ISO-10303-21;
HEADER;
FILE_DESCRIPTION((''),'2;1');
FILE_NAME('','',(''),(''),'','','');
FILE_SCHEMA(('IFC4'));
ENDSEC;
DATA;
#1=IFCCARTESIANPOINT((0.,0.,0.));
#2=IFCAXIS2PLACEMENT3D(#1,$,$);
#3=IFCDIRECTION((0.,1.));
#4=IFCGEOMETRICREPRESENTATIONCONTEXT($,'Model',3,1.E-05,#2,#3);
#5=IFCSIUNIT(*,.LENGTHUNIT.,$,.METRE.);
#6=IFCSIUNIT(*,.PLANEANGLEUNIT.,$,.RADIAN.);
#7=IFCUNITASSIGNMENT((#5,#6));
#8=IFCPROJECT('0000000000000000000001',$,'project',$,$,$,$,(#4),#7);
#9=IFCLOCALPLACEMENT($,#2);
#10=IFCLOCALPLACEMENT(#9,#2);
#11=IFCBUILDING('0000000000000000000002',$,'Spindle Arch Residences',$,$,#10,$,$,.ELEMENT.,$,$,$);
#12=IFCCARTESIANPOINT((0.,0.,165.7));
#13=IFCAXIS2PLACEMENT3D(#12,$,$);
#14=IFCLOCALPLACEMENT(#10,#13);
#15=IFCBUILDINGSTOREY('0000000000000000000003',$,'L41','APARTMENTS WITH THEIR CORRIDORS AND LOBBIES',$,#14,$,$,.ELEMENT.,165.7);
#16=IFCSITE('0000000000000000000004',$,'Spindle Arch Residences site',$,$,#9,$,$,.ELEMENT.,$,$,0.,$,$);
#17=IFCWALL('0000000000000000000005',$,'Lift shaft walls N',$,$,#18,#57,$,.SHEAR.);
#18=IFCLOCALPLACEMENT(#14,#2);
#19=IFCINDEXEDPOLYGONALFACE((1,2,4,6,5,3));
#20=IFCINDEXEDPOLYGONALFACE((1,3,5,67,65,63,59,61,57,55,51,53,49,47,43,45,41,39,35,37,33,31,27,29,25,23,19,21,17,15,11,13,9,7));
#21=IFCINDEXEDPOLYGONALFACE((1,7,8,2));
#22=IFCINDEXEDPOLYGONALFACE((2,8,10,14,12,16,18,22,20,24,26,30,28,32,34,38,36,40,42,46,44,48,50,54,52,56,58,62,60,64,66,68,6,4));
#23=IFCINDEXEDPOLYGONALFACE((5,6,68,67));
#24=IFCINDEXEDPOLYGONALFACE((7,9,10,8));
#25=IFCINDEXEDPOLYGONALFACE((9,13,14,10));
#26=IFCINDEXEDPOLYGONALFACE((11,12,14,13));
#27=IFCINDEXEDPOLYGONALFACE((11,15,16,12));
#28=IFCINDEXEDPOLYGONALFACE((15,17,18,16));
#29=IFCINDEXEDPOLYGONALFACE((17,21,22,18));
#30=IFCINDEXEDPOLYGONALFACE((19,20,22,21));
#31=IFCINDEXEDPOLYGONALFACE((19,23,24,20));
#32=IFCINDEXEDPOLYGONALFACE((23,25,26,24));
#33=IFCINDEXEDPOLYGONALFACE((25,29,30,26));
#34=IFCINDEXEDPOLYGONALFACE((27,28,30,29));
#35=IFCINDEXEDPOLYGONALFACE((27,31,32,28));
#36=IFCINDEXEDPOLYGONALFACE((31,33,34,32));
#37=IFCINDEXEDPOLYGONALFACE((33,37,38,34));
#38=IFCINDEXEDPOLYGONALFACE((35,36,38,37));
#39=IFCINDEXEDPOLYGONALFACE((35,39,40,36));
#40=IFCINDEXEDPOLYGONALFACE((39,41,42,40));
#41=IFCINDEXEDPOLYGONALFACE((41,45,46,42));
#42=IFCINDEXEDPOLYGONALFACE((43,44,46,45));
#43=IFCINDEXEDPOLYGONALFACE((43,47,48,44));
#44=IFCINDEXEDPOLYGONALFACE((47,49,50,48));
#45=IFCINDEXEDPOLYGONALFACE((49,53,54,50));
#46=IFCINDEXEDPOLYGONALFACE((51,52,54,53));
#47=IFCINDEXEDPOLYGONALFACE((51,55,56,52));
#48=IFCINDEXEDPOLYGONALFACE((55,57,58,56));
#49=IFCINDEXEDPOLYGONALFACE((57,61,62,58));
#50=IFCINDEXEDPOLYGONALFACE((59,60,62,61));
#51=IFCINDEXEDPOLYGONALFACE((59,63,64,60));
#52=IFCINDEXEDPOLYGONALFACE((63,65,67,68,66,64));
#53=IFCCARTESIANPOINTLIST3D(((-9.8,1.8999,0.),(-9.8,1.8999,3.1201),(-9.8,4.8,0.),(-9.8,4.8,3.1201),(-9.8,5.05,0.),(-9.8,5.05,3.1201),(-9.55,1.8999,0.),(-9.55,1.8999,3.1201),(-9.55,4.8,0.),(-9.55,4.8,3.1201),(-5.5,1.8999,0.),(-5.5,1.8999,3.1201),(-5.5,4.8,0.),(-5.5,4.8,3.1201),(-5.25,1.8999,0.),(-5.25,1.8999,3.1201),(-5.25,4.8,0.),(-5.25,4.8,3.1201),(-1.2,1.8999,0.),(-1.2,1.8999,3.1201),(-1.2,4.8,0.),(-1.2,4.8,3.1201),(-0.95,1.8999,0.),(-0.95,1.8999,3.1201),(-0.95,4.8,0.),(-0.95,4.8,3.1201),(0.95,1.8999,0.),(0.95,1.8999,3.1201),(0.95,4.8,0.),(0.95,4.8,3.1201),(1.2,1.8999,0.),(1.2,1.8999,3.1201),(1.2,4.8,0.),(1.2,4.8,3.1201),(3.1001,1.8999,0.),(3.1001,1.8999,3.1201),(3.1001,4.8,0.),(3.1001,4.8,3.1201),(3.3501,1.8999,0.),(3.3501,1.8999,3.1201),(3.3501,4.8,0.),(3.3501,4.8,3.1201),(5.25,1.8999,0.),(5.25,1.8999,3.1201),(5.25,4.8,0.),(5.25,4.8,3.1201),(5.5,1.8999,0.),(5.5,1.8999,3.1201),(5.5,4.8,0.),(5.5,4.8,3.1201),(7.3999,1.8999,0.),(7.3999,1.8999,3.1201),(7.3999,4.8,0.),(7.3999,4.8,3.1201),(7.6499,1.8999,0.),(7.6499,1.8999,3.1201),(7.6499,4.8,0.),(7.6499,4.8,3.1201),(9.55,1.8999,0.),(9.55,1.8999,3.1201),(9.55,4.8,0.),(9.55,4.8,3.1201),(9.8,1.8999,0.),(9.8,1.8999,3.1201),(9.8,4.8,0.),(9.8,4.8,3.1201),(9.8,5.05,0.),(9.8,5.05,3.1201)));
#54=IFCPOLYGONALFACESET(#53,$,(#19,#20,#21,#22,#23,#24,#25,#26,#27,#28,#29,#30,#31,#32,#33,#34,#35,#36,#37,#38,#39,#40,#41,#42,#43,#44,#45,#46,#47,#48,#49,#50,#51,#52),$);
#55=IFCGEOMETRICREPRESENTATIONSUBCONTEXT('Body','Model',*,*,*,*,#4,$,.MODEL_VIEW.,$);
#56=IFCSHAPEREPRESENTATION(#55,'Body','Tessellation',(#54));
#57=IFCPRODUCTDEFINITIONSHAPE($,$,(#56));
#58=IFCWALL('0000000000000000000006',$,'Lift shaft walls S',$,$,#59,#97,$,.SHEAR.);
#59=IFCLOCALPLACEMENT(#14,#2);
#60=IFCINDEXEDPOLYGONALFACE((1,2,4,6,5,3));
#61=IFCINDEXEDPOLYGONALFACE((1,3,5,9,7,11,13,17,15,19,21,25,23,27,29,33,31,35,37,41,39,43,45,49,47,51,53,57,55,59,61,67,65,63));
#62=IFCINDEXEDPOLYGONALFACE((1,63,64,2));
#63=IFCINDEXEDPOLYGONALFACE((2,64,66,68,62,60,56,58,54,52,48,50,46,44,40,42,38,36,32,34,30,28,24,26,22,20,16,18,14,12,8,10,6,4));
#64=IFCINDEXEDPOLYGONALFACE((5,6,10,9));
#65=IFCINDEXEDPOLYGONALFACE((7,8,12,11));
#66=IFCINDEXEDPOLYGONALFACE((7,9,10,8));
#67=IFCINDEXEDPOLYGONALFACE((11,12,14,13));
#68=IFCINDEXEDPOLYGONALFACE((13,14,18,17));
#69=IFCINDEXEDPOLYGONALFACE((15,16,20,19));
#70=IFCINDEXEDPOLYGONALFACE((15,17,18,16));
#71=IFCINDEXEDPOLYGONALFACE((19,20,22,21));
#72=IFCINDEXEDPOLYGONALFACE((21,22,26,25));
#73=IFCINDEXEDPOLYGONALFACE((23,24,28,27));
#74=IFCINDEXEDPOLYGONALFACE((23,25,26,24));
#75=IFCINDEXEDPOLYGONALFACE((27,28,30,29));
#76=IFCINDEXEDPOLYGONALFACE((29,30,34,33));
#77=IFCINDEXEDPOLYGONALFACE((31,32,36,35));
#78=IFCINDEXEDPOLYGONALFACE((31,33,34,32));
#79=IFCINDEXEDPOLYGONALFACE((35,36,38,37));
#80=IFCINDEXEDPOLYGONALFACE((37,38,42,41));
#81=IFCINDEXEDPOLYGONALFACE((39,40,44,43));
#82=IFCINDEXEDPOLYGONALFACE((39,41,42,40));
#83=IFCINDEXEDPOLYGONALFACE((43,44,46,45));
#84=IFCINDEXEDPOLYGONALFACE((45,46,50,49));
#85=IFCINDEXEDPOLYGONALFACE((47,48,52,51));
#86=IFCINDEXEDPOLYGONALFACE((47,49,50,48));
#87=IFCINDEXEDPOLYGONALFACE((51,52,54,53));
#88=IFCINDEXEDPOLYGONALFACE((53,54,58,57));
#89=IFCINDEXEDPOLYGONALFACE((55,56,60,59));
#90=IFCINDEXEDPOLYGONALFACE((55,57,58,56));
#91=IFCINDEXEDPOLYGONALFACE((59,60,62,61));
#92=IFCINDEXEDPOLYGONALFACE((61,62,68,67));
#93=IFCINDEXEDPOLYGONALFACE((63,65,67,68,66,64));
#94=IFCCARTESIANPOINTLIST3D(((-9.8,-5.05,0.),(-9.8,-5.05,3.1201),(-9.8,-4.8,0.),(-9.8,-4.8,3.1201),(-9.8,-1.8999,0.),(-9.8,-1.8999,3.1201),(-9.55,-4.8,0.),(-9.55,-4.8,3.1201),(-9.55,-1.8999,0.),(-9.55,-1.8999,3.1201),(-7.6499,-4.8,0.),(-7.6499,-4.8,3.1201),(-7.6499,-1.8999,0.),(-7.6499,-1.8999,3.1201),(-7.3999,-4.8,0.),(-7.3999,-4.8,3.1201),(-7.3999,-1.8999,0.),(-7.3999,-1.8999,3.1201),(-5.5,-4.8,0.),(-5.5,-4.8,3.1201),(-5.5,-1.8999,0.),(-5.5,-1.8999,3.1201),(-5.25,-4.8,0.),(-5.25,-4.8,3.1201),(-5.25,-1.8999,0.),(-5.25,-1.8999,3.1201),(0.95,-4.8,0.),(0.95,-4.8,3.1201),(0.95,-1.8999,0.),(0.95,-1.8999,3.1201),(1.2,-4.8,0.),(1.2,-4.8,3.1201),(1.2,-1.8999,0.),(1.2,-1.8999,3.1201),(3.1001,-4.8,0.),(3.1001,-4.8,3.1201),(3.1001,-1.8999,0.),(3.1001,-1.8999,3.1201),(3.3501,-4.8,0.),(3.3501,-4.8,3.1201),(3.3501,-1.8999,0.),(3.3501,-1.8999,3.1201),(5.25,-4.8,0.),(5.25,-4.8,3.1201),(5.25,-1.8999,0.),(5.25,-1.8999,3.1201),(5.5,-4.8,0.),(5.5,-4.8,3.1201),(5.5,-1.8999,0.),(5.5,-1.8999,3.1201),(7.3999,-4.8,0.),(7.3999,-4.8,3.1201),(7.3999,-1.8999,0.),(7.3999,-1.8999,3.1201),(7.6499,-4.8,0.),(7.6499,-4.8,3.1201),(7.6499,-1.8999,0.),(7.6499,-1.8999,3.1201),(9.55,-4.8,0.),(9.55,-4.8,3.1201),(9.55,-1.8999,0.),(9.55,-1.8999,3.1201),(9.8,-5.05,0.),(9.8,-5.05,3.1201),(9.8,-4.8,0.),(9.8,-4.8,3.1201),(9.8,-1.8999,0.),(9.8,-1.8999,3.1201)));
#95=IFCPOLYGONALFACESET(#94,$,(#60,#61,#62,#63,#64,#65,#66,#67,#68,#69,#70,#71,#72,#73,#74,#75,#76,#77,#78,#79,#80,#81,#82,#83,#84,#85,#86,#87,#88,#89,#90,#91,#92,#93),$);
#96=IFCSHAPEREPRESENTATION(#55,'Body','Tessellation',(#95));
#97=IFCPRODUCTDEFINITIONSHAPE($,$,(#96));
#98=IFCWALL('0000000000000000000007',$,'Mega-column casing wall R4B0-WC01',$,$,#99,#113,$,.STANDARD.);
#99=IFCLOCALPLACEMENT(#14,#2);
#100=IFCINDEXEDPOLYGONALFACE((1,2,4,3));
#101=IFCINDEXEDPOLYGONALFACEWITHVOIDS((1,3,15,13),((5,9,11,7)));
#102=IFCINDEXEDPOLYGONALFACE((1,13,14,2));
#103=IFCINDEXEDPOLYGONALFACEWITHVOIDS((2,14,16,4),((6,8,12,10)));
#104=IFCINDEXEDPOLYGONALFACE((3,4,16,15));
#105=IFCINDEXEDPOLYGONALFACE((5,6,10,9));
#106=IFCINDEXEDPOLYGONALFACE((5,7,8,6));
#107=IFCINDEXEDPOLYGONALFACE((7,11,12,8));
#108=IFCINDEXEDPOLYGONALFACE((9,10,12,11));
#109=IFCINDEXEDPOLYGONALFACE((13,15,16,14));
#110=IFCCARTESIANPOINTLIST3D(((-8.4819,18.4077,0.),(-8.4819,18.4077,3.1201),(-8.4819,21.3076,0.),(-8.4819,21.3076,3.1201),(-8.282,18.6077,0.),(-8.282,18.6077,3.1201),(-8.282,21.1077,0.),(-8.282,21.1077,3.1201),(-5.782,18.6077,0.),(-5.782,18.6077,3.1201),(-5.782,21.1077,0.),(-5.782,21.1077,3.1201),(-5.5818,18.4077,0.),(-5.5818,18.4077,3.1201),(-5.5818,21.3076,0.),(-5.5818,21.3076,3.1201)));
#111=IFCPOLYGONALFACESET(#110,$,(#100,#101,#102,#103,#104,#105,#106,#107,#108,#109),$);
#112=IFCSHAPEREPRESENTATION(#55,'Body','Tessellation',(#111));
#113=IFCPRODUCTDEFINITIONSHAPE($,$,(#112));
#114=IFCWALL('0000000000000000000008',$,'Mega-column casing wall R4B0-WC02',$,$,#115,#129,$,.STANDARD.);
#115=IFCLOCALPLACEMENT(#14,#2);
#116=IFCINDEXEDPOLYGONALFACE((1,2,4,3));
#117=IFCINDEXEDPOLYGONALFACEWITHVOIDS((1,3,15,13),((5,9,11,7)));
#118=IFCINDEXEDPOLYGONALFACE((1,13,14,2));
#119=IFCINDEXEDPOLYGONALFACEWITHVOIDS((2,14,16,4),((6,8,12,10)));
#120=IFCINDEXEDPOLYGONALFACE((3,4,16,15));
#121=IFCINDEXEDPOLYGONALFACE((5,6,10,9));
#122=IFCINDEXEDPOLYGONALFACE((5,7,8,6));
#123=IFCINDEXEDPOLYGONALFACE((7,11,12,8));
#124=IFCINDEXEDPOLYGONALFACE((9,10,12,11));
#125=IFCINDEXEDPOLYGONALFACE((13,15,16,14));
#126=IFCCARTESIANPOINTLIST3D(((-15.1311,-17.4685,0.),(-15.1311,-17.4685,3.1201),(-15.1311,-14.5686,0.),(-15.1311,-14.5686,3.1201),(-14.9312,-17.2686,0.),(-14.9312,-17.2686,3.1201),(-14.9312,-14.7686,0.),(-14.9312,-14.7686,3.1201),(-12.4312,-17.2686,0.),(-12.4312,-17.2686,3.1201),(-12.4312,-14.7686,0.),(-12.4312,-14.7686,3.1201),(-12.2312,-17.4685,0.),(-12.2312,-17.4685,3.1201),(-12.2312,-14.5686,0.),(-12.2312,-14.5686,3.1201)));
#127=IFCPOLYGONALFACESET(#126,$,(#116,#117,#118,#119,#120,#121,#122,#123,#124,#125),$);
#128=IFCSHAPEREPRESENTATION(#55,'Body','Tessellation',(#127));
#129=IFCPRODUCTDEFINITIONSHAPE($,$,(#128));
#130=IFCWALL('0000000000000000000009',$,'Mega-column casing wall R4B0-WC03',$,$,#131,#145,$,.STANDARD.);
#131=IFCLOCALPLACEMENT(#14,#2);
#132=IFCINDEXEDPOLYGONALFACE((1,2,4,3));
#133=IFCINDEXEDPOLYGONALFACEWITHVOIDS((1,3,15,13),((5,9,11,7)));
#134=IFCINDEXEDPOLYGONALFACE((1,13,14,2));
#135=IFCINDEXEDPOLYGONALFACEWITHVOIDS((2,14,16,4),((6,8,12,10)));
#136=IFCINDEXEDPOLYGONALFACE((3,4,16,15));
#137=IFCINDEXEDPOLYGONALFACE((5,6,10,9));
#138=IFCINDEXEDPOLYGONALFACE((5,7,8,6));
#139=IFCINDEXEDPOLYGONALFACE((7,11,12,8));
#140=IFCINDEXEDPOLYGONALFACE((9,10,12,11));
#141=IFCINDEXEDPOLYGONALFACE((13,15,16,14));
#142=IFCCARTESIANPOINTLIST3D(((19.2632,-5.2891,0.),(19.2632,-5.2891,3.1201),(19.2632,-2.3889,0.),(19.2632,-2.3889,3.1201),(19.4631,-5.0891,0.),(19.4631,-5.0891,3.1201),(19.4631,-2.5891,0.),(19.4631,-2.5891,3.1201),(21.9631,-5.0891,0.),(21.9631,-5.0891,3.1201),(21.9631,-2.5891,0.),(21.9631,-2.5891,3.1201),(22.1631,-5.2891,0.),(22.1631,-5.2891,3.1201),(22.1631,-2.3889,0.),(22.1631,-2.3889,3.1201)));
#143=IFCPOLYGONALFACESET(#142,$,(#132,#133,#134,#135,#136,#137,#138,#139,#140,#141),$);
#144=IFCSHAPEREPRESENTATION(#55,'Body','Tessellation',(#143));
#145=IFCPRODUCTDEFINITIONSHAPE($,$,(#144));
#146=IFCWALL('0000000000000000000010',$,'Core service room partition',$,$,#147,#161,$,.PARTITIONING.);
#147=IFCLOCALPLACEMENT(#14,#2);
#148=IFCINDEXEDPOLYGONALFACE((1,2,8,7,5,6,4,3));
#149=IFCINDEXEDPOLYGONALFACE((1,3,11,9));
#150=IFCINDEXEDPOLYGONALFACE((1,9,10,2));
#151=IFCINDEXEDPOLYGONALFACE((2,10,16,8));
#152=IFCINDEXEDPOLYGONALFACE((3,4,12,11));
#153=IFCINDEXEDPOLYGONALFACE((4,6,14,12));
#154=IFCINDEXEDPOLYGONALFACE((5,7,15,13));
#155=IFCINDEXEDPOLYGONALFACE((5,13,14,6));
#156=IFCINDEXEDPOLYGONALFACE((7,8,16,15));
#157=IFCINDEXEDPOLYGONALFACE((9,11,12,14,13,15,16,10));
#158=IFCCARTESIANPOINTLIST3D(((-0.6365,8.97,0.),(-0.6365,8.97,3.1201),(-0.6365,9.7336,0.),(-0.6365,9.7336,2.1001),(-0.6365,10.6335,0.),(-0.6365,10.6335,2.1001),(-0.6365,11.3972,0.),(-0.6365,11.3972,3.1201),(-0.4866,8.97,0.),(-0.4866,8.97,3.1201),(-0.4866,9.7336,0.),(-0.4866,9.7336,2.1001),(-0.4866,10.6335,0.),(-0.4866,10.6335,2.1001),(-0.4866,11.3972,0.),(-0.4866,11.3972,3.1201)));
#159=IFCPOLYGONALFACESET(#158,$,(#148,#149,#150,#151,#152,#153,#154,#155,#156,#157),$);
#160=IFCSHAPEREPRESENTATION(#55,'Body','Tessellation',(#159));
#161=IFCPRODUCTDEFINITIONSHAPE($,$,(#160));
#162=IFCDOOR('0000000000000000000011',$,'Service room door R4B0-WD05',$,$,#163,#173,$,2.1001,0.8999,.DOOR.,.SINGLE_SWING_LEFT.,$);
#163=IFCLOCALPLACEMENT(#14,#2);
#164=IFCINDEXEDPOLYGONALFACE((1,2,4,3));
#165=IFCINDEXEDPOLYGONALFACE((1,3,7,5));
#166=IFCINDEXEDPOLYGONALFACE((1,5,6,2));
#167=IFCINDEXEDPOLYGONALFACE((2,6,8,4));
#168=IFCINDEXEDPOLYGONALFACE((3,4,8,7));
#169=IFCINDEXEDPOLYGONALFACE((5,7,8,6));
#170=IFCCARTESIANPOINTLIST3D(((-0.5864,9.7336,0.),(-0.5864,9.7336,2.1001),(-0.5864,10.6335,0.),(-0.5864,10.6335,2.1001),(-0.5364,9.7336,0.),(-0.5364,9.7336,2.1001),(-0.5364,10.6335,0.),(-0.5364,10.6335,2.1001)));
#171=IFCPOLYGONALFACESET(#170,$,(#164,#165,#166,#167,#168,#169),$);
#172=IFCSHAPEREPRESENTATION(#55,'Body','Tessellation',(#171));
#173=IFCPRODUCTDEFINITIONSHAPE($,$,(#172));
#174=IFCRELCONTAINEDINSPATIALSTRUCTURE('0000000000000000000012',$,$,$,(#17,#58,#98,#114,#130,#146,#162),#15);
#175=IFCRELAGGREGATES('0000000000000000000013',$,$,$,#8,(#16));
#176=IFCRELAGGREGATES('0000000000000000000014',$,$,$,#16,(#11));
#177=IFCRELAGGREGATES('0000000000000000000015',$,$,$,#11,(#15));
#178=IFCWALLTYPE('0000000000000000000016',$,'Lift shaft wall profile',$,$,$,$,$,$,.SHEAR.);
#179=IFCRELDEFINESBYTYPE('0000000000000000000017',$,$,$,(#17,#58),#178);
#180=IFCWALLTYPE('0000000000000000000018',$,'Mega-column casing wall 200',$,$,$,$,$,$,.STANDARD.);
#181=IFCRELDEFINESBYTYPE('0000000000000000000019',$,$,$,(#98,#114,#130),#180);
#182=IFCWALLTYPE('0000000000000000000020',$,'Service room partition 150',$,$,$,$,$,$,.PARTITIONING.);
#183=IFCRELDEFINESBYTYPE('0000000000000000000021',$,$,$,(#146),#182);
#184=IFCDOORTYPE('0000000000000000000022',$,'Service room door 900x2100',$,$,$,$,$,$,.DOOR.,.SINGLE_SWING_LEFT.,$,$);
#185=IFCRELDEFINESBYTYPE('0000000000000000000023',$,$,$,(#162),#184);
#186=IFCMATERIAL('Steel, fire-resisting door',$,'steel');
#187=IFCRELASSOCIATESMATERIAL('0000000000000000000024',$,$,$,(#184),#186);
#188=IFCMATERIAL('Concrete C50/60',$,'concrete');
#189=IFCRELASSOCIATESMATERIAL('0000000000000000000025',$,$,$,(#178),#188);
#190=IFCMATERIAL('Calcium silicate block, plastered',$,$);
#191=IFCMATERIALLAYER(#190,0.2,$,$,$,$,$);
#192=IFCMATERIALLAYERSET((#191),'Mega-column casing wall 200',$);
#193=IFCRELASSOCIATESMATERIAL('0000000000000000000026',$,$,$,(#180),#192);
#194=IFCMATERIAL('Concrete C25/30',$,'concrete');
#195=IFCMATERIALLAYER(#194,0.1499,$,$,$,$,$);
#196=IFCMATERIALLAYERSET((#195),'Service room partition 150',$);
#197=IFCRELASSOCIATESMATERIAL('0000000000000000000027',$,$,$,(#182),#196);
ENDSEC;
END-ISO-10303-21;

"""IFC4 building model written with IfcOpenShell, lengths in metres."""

from ifc_helpers import new_model, si_unit, direction, frame, frame_2d, origin, place, context, subcontext, project, spatial, polyline, rectangle, outline, extrude, material, layer, layer_set, type_object, element, fill, save


model = new_model("IFC4")

# Units and contexts
model_context = context("Model", 3, precision=1e-05, world=origin(), true_north=direction((0.0, 1.0)))
body_context = subcontext(model_context, "Body", "Model", "MODEL_VIEW")
ifc_project = project(units=[si_unit("LENGTHUNIT", "METRE"), si_unit("PLANEANGLEUNIT", "RADIAN")], contexts=[model_context])

# Site, building, storey
site_placement = place(None, origin())
site = spatial("IfcSite", under=ifc_project, at=site_placement, Name="Spindle Arch Residences site", CompositionType="ELEMENT", RefElevation=0.0)
building_placement = place(site_placement, origin())
building = spatial("IfcBuilding", under=site, at=building_placement, Name="Spindle Arch Residences", CompositionType="ELEMENT")
storey_placement = place(building_placement, frame((0.0, 0.0, 165.7)))
storey = spatial("IfcBuildingStorey", under=building, at=storey_placement, Name="L41", Description="APARTMENTS WITH THEIR CORRIDORS AND LOBBIES", CompositionType="ELEMENT", Elevation=165.7)

# Shared definitions
ifc_material_1 = material(Name="Steel, fire-resisting door", Category="steel")
door_type_1 = type_object("IfcDoorType", Name="Service room door 900x2100", OperationType="SINGLE_SWING_LEFT", PredefinedType="DOOR", material=ifc_material_1)

# Walls
ifc_material_2 = material(Name="Concrete C50/60", Category="concrete")
wall_type_1 = type_object("IfcWallType", Name="Lift shaft wall profile", PredefinedType="SHEAR", material=ifc_material_2)
wall_1_placement = place(storey_placement, origin())
element("IfcWall", 1, at=wall_1_placement, inside=storey, type_object=wall_type_1, Name="Lift shaft walls N", PredefinedType="SHEAR", context=body_context, shape_type="SweptSolid", body=[
    extrude(outline(polyline([(-9.55, 4.8), (-5.5, 4.8), (-5.5, 1.8999), (-5.25, 1.8999), (-5.25, 4.8), (-1.2, 4.8), (-1.2, 1.8999), (-0.95, 1.8999), (-0.95, 4.8), (0.95, 4.8), (0.95, 1.8999), (1.2, 1.8999), (1.2, 4.8), (3.1001, 4.8), (3.1001, 1.8999), (3.3501, 1.8999), (3.3501, 4.8), (5.25, 4.8), (5.25, 1.8999), (5.5, 1.8999), (5.5, 4.8), (7.3999, 4.8), (7.3999, 1.8999), (7.6499, 1.8999), (7.6499, 4.8), (9.55, 4.8), (9.55, 1.8999), (9.8, 1.8999), (9.8, 4.8), (9.8, 5.05), (-9.8, 5.05), (-9.8, 4.8), (-9.8, 1.8999), (-9.55, 1.8999), (-9.55, 4.8)])), origin(), (0.0, 0.0, 1.0), 3.1201),
])
wall_2_placement = place(storey_placement, origin())
element("IfcWall", 2, at=wall_2_placement, inside=storey, type_object=wall_type_1, Name="Lift shaft walls S", PredefinedType="SHEAR", context=body_context, shape_type="SweptSolid", body=[
    extrude(outline(polyline([(9.8, -5.05), (9.8, -4.8), (9.8, -1.8999), (9.55, -1.8999), (9.55, -4.8), (7.6499, -4.8), (7.6499, -1.8999), (7.3999, -1.8999), (7.3999, -4.8), (5.5, -4.8), (5.5, -1.8999), (5.25, -1.8999), (5.25, -4.8), (3.3501, -4.8), (3.3501, -1.8999), (3.1001, -1.8999), (3.1001, -4.8), (1.2, -4.8), (1.2, -1.8999), (0.95, -1.8999), (0.95, -4.8), (-5.25, -4.8), (-5.25, -1.8999), (-5.5, -1.8999), (-5.5, -4.8), (-7.3999, -4.8), (-7.3999, -1.8999), (-7.6499, -1.8999), (-7.6499, -4.8), (-9.55, -4.8), (-9.55, -1.8999), (-9.8, -1.8999), (-9.8, -4.8), (-9.8, -5.05), (9.8, -5.05)])), origin(), (0.0, 0.0, 1.0), 3.1201),
])
ifc_material_3 = material(Name="Calcium silicate block, plastered")
ifc_layer_1 = layer(ifc_material_3, 0.2)
ifc_layer_set_1 = layer_set([ifc_layer_1], Name="Mega-column casing wall 200")
wall_type_2 = type_object("IfcWallType", Name="Mega-column casing wall 200", PredefinedType="STANDARD", material=ifc_layer_set_1)
wall_3_placement = place(storey_placement, origin())
element("IfcWall", 3, at=wall_3_placement, inside=storey, type_object=wall_type_2, Name="Mega-column casing wall R4B0-WC01", PredefinedType="STANDARD", context=body_context, shape_type="SweptSolid", body=[
    extrude(outline(polyline([(-5.5818, 21.3076), (-5.5818, 18.4077), (-8.4819, 18.4077), (-8.4819, 21.3076), (-5.5818, 21.3076)]), holes=[polyline([(-8.282, 18.6077), (-5.782, 18.6077), (-5.782, 21.1077), (-8.282, 21.1077), (-8.282, 18.6077)])]), origin(), (0.0, 0.0, 1.0), 3.1201),
])
wall_4_placement = place(storey_placement, origin())
element("IfcWall", 4, at=wall_4_placement, inside=storey, type_object=wall_type_2, Name="Mega-column casing wall R4B0-WC02", PredefinedType="STANDARD", context=body_context, shape_type="SweptSolid", body=[
    extrude(outline(polyline([(-12.2312, -14.5686), (-12.2312, -17.4685), (-15.1311, -17.4685), (-15.1311, -14.5686), (-12.2312, -14.5686)]), holes=[polyline([(-14.9312, -17.2686), (-12.4312, -17.2686), (-12.4312, -14.7686), (-14.9312, -14.7686), (-14.9312, -17.2686)])]), origin(), (0.0, 0.0, 1.0), 3.1201),
])
wall_5_placement = place(storey_placement, origin())
element("IfcWall", 5, at=wall_5_placement, inside=storey, type_object=wall_type_2, Name="Mega-column casing wall R4B0-WC03", PredefinedType="STANDARD", context=body_context, shape_type="SweptSolid", body=[
    extrude(outline(polyline([(22.1631, -2.3889), (22.1631, -5.2891), (19.2632, -5.2891), (19.2632, -2.3889), (22.1631, -2.3889)]), holes=[polyline([(19.4631, -5.0891), (21.9631, -5.0891), (21.9631, -2.5891), (19.4631, -2.5891), (19.4631, -5.0891)])]), origin(), (0.0, 0.0, 1.0), 3.1201),
])

# Wall, opening, door
ifc_material_4 = material(Name="Concrete C25/30", Category="concrete")
ifc_layer_2 = layer(ifc_material_4, 0.1499)
ifc_layer_set_2 = layer_set([ifc_layer_2], Name="Service room partition 150")
wall_type_3 = type_object("IfcWallType", Name="Service room partition 150", PredefinedType="PARTITIONING", material=ifc_layer_set_2)
wall_6_placement = place(storey_placement, frame((-0.5615, 8.97, 0.0), z_axis=(0.0, 0.0, 1.0), x_axis=(0.0, 1.0, 0.0)))
wall_6 = element("IfcWall", 6, at=wall_6_placement, inside=storey, type_object=wall_type_3, Name="Core service room partition", PredefinedType="PARTITIONING", context=body_context, shape_type="SweptSolid", body=[
    extrude(rectangle(XDim=2.4272, YDim=0.1499, at=frame_2d((1.2136, 0.0))), origin(), (0.0, 0.0, 1.0), 3.1201),
])
opening_1_placement = place(wall_6_placement, frame((0.7637, 0.0, 0.0)))
opening_1 = element("IfcOpeningElement", 7, at=opening_1_placement, cuts=wall_6, PredefinedType="OPENING", context=body_context, shape_type="SweptSolid", body=[
    extrude(rectangle(XDim=0.8999, YDim=2.1001, at=frame_2d((0.45, 1.05))), frame((0.0, 0.085, 0.0), z_axis=(0.0, -1.0, 0.0), x_axis=(1.0, 0.0, 0.0)), (0.0, 0.0, 1.0), 0.1699),
])
door_1_placement = place(opening_1_placement, origin())
door_1 = element("IfcDoor", 8, at=door_1_placement, inside=storey, type_object=door_type_1, Name="Service room door R4B0-WD05", OperationType="SINGLE_SWING_LEFT", OverallHeight=2.1001, OverallWidth=0.8999, PredefinedType="DOOR", context=body_context, shape_type="SweptSolid", body=[
    extrude(rectangle(XDim=0.8999, YDim=2.1001, at=frame_2d((0.45, 1.05))), frame((0.0, 0.0249, 0.0), z_axis=(0.0, -1.0, 0.0), x_axis=(1.0, 0.0, 0.0)), (0.0, 0.0, 1.0), 0.05),
])
fill(opening_1, door_1)

save(model, "model.ifc")
